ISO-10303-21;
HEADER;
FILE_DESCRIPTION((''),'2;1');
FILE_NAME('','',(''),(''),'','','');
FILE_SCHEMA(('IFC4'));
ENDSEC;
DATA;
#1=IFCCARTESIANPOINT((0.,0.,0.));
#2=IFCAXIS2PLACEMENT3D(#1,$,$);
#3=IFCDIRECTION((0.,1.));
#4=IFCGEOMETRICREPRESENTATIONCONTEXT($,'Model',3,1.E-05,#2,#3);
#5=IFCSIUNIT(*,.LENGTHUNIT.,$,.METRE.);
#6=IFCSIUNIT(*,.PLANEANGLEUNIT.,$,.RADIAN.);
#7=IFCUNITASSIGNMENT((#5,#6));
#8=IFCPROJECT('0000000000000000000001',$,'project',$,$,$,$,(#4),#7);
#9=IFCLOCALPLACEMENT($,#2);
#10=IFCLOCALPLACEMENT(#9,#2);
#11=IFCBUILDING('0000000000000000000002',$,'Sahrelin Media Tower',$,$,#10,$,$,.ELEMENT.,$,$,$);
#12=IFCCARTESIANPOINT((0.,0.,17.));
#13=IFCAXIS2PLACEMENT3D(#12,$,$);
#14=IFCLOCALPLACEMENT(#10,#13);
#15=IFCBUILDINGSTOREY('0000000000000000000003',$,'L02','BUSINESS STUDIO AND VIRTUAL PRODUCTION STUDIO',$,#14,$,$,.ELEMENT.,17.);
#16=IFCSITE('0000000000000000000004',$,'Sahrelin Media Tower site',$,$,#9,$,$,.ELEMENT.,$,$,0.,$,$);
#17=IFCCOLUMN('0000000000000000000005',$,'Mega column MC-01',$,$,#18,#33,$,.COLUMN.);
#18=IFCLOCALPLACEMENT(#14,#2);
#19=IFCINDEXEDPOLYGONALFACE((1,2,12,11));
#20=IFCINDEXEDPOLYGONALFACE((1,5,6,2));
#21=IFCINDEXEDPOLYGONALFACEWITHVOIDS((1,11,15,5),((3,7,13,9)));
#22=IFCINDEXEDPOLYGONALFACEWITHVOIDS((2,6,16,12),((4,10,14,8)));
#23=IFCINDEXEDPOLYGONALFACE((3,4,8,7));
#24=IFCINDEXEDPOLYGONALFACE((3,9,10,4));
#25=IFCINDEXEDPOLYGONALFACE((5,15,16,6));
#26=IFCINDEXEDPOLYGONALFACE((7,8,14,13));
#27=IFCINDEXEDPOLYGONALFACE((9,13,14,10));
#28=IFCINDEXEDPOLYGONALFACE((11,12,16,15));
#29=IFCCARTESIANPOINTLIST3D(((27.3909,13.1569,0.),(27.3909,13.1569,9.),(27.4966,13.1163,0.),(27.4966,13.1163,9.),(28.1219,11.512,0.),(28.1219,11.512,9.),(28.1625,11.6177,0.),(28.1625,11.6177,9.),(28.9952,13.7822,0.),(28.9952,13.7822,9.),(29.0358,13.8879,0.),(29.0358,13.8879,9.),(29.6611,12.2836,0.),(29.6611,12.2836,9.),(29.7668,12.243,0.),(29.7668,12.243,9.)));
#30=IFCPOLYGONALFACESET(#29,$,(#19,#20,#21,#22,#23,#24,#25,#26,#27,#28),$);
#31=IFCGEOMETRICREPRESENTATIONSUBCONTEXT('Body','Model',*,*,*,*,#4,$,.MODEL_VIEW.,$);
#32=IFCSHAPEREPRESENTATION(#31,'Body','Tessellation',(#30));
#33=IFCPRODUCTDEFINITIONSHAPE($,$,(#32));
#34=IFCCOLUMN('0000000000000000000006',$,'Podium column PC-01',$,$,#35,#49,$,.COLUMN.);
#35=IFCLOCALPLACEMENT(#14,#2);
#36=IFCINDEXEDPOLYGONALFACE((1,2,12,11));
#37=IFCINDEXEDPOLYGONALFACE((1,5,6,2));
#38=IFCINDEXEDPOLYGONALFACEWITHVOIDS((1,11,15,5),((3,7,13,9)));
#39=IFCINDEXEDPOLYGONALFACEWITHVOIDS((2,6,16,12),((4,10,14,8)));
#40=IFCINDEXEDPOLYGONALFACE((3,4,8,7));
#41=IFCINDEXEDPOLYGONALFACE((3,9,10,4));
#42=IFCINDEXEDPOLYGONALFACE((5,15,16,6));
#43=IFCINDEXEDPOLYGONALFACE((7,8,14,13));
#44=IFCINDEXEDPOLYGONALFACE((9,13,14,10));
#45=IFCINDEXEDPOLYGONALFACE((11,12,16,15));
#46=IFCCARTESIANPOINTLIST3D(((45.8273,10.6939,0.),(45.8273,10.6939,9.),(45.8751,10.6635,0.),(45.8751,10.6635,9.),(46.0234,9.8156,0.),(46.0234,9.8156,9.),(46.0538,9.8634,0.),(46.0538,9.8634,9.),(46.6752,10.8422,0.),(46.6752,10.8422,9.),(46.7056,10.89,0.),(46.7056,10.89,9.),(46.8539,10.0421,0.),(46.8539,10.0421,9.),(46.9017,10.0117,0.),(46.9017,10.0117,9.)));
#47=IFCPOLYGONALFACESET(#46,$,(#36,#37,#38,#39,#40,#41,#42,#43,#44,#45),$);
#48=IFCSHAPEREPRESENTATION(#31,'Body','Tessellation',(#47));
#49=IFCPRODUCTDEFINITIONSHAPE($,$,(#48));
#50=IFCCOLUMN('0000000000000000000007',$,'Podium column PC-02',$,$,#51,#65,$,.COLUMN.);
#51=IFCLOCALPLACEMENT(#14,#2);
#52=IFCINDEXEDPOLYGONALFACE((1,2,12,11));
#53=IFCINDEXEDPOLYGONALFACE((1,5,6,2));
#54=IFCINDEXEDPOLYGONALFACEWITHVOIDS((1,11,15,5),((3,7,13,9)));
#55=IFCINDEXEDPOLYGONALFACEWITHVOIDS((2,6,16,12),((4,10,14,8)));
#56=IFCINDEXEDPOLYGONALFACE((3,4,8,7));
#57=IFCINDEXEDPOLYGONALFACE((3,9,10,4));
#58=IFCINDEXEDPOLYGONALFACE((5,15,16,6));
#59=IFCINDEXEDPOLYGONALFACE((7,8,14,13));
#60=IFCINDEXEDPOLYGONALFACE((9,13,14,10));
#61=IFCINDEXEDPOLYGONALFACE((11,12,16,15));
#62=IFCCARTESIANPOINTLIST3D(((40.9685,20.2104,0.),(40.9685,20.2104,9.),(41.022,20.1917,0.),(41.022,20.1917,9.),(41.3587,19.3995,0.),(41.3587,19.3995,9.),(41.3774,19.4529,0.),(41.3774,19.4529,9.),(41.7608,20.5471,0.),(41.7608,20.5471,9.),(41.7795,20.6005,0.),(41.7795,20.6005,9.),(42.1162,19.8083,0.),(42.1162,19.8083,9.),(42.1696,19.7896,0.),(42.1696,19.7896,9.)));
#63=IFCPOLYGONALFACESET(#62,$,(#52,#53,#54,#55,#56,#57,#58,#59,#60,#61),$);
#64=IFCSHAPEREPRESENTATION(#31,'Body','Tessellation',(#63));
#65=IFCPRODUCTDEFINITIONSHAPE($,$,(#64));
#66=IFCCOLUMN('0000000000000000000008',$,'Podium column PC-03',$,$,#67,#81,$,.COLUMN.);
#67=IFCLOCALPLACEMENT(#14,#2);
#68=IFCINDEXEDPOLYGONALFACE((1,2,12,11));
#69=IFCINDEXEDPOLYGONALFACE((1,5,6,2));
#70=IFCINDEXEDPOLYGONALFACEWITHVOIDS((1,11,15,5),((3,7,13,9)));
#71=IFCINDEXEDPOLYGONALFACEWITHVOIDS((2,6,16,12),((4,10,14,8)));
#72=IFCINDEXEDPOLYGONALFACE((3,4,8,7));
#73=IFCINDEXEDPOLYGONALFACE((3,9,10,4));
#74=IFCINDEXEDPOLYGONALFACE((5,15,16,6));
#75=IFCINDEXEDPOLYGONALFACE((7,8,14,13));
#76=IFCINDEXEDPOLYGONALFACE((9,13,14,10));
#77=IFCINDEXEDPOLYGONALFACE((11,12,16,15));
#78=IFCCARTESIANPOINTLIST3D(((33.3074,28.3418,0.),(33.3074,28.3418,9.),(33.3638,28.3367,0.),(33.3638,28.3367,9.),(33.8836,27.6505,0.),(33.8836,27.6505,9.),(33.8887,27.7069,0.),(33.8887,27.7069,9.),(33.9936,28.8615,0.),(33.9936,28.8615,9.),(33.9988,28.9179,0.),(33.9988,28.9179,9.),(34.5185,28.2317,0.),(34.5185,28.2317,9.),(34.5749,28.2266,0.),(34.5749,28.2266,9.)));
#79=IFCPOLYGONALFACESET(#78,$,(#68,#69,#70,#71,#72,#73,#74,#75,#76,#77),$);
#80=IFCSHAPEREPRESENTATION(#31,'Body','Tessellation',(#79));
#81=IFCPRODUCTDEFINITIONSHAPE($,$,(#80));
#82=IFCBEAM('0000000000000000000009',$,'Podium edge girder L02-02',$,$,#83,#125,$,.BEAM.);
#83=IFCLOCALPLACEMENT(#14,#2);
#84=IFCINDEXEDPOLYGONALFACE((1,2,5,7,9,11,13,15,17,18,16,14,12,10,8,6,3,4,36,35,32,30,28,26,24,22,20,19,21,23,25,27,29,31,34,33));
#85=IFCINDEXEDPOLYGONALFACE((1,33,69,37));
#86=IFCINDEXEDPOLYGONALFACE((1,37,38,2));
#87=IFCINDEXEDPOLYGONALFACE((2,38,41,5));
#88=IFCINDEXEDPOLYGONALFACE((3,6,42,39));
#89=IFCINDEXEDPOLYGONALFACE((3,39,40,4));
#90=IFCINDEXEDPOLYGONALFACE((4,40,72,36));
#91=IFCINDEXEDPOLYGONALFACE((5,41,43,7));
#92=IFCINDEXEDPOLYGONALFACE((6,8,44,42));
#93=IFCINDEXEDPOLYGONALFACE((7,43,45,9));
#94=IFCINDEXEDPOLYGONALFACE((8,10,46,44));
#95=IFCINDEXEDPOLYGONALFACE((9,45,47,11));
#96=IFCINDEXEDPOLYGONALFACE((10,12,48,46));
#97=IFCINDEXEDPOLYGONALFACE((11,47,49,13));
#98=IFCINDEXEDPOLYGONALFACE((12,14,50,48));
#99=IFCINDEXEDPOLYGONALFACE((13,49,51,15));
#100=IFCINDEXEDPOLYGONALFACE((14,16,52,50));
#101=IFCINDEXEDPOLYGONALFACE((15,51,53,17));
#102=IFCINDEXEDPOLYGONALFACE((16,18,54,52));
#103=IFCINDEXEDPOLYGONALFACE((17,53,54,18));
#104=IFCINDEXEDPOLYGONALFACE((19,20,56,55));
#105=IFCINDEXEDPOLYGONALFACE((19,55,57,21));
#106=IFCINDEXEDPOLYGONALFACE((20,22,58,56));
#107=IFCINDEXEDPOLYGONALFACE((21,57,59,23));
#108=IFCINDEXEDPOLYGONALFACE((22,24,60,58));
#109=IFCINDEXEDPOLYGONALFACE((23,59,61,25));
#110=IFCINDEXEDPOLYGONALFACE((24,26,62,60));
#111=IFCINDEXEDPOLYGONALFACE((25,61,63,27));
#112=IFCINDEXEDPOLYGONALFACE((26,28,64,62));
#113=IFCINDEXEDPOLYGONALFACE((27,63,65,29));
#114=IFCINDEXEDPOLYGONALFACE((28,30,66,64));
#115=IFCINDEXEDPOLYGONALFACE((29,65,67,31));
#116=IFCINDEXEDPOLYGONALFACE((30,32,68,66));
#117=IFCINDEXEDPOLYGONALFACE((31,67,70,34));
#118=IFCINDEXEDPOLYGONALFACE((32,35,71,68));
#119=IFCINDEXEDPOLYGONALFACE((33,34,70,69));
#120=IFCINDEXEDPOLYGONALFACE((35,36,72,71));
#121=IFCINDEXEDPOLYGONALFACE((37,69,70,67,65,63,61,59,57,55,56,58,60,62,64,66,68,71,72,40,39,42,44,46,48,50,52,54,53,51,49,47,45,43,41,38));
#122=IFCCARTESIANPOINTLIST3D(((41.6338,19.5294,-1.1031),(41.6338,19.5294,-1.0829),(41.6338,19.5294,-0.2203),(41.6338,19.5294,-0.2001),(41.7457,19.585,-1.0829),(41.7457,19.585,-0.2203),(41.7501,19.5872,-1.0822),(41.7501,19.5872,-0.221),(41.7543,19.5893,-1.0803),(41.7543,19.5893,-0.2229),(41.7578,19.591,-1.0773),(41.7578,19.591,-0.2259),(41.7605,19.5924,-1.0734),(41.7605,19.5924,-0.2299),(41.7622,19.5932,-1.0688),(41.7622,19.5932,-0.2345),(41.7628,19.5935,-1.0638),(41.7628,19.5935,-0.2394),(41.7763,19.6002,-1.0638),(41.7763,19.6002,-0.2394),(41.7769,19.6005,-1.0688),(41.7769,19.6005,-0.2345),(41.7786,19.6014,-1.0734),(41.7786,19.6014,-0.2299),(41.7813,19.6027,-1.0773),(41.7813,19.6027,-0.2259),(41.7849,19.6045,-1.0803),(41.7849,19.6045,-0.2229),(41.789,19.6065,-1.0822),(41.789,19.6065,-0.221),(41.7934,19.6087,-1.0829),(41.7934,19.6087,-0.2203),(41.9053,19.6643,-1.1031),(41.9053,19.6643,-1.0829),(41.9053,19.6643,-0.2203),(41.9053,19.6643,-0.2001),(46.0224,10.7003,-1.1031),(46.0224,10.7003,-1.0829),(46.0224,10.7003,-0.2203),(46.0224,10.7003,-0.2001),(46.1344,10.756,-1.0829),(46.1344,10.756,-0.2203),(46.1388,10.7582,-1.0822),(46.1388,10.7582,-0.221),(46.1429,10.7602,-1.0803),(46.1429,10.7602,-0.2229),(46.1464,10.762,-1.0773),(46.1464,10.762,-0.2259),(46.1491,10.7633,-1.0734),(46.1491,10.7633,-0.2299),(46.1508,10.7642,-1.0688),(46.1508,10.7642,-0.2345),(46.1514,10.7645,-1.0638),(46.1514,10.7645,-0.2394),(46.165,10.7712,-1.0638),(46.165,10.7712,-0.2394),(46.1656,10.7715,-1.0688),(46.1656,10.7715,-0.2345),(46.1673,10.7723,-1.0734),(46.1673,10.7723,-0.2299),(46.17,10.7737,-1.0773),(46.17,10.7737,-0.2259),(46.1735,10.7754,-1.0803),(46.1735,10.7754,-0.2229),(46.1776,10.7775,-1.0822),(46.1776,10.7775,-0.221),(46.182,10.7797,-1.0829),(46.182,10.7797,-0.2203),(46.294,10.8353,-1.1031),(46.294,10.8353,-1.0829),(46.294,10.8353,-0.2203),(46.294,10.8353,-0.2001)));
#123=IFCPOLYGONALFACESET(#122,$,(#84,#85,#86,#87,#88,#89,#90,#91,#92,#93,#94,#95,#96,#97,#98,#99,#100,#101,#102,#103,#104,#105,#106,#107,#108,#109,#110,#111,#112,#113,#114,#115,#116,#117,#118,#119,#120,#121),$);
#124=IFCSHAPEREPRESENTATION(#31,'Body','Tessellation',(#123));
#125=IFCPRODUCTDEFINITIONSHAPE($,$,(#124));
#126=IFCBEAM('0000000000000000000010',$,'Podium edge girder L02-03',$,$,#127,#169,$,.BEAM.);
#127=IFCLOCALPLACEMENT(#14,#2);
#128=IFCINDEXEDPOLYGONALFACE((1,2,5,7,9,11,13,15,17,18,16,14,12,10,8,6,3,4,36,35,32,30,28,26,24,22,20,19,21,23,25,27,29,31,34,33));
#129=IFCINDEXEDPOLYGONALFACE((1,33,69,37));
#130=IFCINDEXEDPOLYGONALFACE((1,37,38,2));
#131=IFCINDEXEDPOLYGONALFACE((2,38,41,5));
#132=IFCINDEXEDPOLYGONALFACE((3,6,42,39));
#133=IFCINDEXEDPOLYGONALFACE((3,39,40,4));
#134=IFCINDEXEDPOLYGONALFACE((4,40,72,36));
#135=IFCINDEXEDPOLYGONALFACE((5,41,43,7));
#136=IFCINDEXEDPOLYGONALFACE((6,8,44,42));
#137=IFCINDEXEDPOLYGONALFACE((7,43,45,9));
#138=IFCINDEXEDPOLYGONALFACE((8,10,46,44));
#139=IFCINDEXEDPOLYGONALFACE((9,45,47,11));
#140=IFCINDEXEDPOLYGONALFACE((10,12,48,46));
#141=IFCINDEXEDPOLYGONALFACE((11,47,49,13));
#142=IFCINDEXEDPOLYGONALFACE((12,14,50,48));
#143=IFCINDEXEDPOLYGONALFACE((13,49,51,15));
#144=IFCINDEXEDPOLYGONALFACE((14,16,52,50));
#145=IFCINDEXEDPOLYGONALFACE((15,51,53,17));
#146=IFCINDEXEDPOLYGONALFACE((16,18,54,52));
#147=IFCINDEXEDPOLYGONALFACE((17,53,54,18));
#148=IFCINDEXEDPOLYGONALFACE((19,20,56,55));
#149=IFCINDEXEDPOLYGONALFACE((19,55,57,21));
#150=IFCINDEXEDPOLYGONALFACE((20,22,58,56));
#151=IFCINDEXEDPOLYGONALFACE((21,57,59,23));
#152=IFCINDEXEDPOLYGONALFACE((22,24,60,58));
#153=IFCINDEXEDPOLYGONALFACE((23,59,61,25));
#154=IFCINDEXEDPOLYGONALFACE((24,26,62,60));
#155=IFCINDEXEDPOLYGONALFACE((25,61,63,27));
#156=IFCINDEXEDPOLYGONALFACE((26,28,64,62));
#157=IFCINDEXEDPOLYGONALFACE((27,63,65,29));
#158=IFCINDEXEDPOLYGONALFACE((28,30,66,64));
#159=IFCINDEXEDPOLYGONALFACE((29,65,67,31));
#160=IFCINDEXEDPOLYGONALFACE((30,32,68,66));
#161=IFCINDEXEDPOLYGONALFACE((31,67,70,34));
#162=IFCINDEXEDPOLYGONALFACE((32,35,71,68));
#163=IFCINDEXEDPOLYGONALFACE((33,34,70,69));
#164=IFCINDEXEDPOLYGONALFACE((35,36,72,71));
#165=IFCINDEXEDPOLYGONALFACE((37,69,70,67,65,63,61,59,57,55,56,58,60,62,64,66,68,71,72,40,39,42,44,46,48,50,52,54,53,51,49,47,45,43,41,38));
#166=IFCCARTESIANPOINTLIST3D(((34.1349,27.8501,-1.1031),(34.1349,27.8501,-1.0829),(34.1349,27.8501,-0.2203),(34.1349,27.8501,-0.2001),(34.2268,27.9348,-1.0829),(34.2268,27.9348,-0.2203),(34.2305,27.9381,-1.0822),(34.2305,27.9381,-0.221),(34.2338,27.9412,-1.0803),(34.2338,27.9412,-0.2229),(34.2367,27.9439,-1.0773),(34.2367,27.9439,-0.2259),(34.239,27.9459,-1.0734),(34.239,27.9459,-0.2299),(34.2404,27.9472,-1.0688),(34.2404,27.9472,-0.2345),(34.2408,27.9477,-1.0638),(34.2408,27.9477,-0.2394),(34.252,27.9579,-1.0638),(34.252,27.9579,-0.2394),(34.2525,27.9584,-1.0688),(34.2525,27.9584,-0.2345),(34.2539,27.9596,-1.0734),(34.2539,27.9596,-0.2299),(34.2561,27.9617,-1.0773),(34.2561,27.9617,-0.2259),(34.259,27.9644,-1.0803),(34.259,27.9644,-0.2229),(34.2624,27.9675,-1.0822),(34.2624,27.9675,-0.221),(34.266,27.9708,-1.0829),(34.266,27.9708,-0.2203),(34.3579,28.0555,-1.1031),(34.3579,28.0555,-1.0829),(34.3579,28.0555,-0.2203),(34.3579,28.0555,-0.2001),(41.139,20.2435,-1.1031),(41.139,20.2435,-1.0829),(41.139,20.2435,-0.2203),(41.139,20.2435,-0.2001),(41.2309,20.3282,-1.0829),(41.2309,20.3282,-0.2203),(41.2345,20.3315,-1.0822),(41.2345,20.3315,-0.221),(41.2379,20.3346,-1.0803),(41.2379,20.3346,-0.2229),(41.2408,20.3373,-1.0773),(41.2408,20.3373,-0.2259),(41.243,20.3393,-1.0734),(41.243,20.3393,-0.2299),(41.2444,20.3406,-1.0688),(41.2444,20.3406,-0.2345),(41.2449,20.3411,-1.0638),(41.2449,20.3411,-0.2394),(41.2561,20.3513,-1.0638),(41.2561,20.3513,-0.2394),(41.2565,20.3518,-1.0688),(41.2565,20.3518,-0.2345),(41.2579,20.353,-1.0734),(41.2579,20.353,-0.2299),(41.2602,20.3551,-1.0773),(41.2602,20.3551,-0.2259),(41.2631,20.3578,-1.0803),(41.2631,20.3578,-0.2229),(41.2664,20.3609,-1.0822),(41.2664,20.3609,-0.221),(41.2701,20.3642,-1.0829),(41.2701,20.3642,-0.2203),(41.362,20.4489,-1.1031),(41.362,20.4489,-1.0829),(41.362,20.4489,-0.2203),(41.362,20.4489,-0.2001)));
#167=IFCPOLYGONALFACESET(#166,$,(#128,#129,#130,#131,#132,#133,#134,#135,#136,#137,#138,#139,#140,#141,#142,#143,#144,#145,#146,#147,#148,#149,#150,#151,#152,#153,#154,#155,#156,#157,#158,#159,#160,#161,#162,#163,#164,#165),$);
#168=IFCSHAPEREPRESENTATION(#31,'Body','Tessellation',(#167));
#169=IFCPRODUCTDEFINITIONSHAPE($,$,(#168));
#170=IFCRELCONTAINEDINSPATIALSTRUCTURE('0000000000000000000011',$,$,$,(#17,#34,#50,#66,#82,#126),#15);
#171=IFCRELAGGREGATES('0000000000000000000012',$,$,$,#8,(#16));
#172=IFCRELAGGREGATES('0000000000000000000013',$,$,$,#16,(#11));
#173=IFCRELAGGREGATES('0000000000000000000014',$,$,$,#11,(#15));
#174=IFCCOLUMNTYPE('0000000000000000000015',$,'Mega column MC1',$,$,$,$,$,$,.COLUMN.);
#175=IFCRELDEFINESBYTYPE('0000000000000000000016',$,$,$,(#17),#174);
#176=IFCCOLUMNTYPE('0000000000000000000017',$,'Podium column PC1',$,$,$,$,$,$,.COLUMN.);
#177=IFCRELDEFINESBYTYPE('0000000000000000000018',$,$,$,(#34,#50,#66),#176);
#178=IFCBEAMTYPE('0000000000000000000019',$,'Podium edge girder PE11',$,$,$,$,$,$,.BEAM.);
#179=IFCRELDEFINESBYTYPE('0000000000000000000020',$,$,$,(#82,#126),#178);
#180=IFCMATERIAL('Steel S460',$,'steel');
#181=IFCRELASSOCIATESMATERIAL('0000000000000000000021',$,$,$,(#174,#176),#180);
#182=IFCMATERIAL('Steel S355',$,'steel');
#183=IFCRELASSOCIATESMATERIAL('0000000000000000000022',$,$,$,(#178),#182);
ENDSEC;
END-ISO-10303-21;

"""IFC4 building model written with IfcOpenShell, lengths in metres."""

from ifc_helpers import new_model, si_unit, direction, frame, origin, origin_2d, place, context, subcontext, project, spatial, hollow_rectangle, i_section, extrude, material, material_profile, profile_set, type_object, element, save


model = new_model("IFC4")

# Units and contexts
model_context = context("Model", 3, precision=1e-05, world=origin(), true_north=direction((0.0, 1.0)))
body_context = subcontext(model_context, "Body", "Model", "MODEL_VIEW")
ifc_project = project(units=[si_unit("LENGTHUNIT", "METRE"), si_unit("PLANEANGLEUNIT", "RADIAN")], contexts=[model_context])

# Site, building, storey
site_placement = place(None, origin())
site = spatial("IfcSite", under=ifc_project, at=site_placement, Name="Sahrelin Media Tower site", CompositionType="ELEMENT", RefElevation=0.0)
building_placement = place(site_placement, origin())
building = spatial("IfcBuilding", under=site, at=building_placement, Name="Sahrelin Media Tower", CompositionType="ELEMENT")
storey_placement = place(building_placement, frame((0.0, 0.0, 17.0)))
storey = spatial("IfcBuildingStorey", under=building, at=storey_placement, Name="L02", Description="BUSINESS STUDIO AND VIRTUAL PRODUCTION STUDIO", CompositionType="ELEMENT", Elevation=17.0)

# Columns
ifc_material_1 = material(Name="Steel S460", Category="steel")
ifc_material_profile_1 = material_profile(ifc_material_1, hollow_rectangle(XDim=1.8, YDim=1.8, WallThickness=0.0801, at=origin_2d()), Name="Mega column MC1")
ifc_profile_set_1 = profile_set([ifc_material_profile_1], Name="Steel S460")
column_type_1 = type_object("IfcColumnType", Name="Mega column MC1", PredefinedType="COLUMN", material=ifc_profile_set_1)
column_placement = place(storey_placement, frame((28.5789, 12.7, 0.0), z_axis=(0.0, 0.0, 1.0), x_axis=(0.913831, 0.406094, 0.0)))
element("IfcColumn", 1, at=column_placement, inside=storey, type_object=column_type_1, Name="Mega column MC-01", PredefinedType="COLUMN", context=body_context, shape_type="SweptSolid", body=[
    extrude(hollow_rectangle(XDim=1.8, YDim=1.8, WallThickness=0.0801, at=origin_2d()), origin(), (0.0, 0.0, 1.0), 9.0),
])
ifc_material_profile_2 = material_profile(ifc_material_1, hollow_rectangle(XDim=0.8999, YDim=0.8999, WallThickness=0.04, at=origin_2d()), Name="Podium column PC1")
ifc_profile_set_2 = profile_set([ifc_material_profile_2], Name="Steel S460")
column_type_2 = type_object("IfcColumnType", Name="Podium column PC1", PredefinedType="COLUMN", material=ifc_profile_set_2)
for number, where, z_axis, x_axis, name in (
    (2, (46.3645, 10.3528, 0.0), (0.0, 0.0, 1.0), (0.975965, 0.217925, 0.0), "Podium column PC-01"),
    (3, (41.5691, 20.0, 0.0), (0.0, 0.0, 1.0), (0.901127, 0.433555, 0.0), "Podium column PC-02"),
    (4, (33.9412, 28.2842, 0.0), (0.0, 0.0, 1.0), (0.768221, 0.640185, 0.0), "Podium column PC-03"),
):
    element("IfcColumn", number, at=place(storey_placement, frame(where, z_axis=z_axis, x_axis=x_axis)), inside=storey, type_object=column_type_2, Name=name, PredefinedType="COLUMN", context=body_context, shape_type="SweptSolid", body=[
        extrude(hollow_rectangle(XDim=0.8999, YDim=0.8999, WallThickness=0.04, at=origin_2d()), origin(), (0.0, 0.0, 1.0), 9.0),
    ])

# Beams
ifc_material_2 = material(Name="Steel S355", Category="steel")
ifc_material_profile_3 = material_profile(ifc_material_2, i_section(OverallWidth=0.3032, OverallDepth=0.9031, WebThickness=0.0151, FlangeThickness=0.0203, FilletRadius=0.019, at=origin_2d()), Name="UB 914x305x201")
ifc_profile_set_3 = profile_set([ifc_material_profile_3], Name="Steel S355")
beam_type_1 = type_object("IfcBeamType", Name="Podium edge girder PE11", PredefinedType="BEAM", material=ifc_profile_set_3)
beam_1_placement = place(storey_placement, frame((46.1582, 10.7678, -0.6516), z_axis=(-0.445113, 0.895475, 0.0), x_axis=(-0.895475, -0.445113, 0.0)))
element("IfcBeam", 5, at=beam_1_placement, inside=storey, type_object=beam_type_1, Name="Podium edge girder L02-02", PredefinedType="BEAM", context=body_context, shape_type="SweptSolid", body=[
    extrude(i_section(OverallWidth=0.3032, OverallDepth=0.9031, WebThickness=0.0151, FlangeThickness=0.0203, FilletRadius=0.019, at=origin_2d()), origin(), (0.0, 0.0, 1.0), 9.8596),
])
beam_2_placement = place(storey_placement, frame((41.2505, 20.3462, -0.6516), z_axis=(-0.677371, 0.735642, 0.0), x_axis=(-0.735642, -0.677371, 0.0)))
element("IfcBeam", 6, at=beam_2_placement, inside=storey, type_object=beam_type_1, Name="Podium edge girder L02-03", PredefinedType="BEAM", context=body_context, shape_type="SweptSolid", body=[
    extrude(i_section(OverallWidth=0.3032, OverallDepth=0.9031, WebThickness=0.0151, FlangeThickness=0.0203, FilletRadius=0.019, at=origin_2d()), origin(), (0.0, 0.0, 1.0), 10.3401),
])

save(model, "model.ifc")
